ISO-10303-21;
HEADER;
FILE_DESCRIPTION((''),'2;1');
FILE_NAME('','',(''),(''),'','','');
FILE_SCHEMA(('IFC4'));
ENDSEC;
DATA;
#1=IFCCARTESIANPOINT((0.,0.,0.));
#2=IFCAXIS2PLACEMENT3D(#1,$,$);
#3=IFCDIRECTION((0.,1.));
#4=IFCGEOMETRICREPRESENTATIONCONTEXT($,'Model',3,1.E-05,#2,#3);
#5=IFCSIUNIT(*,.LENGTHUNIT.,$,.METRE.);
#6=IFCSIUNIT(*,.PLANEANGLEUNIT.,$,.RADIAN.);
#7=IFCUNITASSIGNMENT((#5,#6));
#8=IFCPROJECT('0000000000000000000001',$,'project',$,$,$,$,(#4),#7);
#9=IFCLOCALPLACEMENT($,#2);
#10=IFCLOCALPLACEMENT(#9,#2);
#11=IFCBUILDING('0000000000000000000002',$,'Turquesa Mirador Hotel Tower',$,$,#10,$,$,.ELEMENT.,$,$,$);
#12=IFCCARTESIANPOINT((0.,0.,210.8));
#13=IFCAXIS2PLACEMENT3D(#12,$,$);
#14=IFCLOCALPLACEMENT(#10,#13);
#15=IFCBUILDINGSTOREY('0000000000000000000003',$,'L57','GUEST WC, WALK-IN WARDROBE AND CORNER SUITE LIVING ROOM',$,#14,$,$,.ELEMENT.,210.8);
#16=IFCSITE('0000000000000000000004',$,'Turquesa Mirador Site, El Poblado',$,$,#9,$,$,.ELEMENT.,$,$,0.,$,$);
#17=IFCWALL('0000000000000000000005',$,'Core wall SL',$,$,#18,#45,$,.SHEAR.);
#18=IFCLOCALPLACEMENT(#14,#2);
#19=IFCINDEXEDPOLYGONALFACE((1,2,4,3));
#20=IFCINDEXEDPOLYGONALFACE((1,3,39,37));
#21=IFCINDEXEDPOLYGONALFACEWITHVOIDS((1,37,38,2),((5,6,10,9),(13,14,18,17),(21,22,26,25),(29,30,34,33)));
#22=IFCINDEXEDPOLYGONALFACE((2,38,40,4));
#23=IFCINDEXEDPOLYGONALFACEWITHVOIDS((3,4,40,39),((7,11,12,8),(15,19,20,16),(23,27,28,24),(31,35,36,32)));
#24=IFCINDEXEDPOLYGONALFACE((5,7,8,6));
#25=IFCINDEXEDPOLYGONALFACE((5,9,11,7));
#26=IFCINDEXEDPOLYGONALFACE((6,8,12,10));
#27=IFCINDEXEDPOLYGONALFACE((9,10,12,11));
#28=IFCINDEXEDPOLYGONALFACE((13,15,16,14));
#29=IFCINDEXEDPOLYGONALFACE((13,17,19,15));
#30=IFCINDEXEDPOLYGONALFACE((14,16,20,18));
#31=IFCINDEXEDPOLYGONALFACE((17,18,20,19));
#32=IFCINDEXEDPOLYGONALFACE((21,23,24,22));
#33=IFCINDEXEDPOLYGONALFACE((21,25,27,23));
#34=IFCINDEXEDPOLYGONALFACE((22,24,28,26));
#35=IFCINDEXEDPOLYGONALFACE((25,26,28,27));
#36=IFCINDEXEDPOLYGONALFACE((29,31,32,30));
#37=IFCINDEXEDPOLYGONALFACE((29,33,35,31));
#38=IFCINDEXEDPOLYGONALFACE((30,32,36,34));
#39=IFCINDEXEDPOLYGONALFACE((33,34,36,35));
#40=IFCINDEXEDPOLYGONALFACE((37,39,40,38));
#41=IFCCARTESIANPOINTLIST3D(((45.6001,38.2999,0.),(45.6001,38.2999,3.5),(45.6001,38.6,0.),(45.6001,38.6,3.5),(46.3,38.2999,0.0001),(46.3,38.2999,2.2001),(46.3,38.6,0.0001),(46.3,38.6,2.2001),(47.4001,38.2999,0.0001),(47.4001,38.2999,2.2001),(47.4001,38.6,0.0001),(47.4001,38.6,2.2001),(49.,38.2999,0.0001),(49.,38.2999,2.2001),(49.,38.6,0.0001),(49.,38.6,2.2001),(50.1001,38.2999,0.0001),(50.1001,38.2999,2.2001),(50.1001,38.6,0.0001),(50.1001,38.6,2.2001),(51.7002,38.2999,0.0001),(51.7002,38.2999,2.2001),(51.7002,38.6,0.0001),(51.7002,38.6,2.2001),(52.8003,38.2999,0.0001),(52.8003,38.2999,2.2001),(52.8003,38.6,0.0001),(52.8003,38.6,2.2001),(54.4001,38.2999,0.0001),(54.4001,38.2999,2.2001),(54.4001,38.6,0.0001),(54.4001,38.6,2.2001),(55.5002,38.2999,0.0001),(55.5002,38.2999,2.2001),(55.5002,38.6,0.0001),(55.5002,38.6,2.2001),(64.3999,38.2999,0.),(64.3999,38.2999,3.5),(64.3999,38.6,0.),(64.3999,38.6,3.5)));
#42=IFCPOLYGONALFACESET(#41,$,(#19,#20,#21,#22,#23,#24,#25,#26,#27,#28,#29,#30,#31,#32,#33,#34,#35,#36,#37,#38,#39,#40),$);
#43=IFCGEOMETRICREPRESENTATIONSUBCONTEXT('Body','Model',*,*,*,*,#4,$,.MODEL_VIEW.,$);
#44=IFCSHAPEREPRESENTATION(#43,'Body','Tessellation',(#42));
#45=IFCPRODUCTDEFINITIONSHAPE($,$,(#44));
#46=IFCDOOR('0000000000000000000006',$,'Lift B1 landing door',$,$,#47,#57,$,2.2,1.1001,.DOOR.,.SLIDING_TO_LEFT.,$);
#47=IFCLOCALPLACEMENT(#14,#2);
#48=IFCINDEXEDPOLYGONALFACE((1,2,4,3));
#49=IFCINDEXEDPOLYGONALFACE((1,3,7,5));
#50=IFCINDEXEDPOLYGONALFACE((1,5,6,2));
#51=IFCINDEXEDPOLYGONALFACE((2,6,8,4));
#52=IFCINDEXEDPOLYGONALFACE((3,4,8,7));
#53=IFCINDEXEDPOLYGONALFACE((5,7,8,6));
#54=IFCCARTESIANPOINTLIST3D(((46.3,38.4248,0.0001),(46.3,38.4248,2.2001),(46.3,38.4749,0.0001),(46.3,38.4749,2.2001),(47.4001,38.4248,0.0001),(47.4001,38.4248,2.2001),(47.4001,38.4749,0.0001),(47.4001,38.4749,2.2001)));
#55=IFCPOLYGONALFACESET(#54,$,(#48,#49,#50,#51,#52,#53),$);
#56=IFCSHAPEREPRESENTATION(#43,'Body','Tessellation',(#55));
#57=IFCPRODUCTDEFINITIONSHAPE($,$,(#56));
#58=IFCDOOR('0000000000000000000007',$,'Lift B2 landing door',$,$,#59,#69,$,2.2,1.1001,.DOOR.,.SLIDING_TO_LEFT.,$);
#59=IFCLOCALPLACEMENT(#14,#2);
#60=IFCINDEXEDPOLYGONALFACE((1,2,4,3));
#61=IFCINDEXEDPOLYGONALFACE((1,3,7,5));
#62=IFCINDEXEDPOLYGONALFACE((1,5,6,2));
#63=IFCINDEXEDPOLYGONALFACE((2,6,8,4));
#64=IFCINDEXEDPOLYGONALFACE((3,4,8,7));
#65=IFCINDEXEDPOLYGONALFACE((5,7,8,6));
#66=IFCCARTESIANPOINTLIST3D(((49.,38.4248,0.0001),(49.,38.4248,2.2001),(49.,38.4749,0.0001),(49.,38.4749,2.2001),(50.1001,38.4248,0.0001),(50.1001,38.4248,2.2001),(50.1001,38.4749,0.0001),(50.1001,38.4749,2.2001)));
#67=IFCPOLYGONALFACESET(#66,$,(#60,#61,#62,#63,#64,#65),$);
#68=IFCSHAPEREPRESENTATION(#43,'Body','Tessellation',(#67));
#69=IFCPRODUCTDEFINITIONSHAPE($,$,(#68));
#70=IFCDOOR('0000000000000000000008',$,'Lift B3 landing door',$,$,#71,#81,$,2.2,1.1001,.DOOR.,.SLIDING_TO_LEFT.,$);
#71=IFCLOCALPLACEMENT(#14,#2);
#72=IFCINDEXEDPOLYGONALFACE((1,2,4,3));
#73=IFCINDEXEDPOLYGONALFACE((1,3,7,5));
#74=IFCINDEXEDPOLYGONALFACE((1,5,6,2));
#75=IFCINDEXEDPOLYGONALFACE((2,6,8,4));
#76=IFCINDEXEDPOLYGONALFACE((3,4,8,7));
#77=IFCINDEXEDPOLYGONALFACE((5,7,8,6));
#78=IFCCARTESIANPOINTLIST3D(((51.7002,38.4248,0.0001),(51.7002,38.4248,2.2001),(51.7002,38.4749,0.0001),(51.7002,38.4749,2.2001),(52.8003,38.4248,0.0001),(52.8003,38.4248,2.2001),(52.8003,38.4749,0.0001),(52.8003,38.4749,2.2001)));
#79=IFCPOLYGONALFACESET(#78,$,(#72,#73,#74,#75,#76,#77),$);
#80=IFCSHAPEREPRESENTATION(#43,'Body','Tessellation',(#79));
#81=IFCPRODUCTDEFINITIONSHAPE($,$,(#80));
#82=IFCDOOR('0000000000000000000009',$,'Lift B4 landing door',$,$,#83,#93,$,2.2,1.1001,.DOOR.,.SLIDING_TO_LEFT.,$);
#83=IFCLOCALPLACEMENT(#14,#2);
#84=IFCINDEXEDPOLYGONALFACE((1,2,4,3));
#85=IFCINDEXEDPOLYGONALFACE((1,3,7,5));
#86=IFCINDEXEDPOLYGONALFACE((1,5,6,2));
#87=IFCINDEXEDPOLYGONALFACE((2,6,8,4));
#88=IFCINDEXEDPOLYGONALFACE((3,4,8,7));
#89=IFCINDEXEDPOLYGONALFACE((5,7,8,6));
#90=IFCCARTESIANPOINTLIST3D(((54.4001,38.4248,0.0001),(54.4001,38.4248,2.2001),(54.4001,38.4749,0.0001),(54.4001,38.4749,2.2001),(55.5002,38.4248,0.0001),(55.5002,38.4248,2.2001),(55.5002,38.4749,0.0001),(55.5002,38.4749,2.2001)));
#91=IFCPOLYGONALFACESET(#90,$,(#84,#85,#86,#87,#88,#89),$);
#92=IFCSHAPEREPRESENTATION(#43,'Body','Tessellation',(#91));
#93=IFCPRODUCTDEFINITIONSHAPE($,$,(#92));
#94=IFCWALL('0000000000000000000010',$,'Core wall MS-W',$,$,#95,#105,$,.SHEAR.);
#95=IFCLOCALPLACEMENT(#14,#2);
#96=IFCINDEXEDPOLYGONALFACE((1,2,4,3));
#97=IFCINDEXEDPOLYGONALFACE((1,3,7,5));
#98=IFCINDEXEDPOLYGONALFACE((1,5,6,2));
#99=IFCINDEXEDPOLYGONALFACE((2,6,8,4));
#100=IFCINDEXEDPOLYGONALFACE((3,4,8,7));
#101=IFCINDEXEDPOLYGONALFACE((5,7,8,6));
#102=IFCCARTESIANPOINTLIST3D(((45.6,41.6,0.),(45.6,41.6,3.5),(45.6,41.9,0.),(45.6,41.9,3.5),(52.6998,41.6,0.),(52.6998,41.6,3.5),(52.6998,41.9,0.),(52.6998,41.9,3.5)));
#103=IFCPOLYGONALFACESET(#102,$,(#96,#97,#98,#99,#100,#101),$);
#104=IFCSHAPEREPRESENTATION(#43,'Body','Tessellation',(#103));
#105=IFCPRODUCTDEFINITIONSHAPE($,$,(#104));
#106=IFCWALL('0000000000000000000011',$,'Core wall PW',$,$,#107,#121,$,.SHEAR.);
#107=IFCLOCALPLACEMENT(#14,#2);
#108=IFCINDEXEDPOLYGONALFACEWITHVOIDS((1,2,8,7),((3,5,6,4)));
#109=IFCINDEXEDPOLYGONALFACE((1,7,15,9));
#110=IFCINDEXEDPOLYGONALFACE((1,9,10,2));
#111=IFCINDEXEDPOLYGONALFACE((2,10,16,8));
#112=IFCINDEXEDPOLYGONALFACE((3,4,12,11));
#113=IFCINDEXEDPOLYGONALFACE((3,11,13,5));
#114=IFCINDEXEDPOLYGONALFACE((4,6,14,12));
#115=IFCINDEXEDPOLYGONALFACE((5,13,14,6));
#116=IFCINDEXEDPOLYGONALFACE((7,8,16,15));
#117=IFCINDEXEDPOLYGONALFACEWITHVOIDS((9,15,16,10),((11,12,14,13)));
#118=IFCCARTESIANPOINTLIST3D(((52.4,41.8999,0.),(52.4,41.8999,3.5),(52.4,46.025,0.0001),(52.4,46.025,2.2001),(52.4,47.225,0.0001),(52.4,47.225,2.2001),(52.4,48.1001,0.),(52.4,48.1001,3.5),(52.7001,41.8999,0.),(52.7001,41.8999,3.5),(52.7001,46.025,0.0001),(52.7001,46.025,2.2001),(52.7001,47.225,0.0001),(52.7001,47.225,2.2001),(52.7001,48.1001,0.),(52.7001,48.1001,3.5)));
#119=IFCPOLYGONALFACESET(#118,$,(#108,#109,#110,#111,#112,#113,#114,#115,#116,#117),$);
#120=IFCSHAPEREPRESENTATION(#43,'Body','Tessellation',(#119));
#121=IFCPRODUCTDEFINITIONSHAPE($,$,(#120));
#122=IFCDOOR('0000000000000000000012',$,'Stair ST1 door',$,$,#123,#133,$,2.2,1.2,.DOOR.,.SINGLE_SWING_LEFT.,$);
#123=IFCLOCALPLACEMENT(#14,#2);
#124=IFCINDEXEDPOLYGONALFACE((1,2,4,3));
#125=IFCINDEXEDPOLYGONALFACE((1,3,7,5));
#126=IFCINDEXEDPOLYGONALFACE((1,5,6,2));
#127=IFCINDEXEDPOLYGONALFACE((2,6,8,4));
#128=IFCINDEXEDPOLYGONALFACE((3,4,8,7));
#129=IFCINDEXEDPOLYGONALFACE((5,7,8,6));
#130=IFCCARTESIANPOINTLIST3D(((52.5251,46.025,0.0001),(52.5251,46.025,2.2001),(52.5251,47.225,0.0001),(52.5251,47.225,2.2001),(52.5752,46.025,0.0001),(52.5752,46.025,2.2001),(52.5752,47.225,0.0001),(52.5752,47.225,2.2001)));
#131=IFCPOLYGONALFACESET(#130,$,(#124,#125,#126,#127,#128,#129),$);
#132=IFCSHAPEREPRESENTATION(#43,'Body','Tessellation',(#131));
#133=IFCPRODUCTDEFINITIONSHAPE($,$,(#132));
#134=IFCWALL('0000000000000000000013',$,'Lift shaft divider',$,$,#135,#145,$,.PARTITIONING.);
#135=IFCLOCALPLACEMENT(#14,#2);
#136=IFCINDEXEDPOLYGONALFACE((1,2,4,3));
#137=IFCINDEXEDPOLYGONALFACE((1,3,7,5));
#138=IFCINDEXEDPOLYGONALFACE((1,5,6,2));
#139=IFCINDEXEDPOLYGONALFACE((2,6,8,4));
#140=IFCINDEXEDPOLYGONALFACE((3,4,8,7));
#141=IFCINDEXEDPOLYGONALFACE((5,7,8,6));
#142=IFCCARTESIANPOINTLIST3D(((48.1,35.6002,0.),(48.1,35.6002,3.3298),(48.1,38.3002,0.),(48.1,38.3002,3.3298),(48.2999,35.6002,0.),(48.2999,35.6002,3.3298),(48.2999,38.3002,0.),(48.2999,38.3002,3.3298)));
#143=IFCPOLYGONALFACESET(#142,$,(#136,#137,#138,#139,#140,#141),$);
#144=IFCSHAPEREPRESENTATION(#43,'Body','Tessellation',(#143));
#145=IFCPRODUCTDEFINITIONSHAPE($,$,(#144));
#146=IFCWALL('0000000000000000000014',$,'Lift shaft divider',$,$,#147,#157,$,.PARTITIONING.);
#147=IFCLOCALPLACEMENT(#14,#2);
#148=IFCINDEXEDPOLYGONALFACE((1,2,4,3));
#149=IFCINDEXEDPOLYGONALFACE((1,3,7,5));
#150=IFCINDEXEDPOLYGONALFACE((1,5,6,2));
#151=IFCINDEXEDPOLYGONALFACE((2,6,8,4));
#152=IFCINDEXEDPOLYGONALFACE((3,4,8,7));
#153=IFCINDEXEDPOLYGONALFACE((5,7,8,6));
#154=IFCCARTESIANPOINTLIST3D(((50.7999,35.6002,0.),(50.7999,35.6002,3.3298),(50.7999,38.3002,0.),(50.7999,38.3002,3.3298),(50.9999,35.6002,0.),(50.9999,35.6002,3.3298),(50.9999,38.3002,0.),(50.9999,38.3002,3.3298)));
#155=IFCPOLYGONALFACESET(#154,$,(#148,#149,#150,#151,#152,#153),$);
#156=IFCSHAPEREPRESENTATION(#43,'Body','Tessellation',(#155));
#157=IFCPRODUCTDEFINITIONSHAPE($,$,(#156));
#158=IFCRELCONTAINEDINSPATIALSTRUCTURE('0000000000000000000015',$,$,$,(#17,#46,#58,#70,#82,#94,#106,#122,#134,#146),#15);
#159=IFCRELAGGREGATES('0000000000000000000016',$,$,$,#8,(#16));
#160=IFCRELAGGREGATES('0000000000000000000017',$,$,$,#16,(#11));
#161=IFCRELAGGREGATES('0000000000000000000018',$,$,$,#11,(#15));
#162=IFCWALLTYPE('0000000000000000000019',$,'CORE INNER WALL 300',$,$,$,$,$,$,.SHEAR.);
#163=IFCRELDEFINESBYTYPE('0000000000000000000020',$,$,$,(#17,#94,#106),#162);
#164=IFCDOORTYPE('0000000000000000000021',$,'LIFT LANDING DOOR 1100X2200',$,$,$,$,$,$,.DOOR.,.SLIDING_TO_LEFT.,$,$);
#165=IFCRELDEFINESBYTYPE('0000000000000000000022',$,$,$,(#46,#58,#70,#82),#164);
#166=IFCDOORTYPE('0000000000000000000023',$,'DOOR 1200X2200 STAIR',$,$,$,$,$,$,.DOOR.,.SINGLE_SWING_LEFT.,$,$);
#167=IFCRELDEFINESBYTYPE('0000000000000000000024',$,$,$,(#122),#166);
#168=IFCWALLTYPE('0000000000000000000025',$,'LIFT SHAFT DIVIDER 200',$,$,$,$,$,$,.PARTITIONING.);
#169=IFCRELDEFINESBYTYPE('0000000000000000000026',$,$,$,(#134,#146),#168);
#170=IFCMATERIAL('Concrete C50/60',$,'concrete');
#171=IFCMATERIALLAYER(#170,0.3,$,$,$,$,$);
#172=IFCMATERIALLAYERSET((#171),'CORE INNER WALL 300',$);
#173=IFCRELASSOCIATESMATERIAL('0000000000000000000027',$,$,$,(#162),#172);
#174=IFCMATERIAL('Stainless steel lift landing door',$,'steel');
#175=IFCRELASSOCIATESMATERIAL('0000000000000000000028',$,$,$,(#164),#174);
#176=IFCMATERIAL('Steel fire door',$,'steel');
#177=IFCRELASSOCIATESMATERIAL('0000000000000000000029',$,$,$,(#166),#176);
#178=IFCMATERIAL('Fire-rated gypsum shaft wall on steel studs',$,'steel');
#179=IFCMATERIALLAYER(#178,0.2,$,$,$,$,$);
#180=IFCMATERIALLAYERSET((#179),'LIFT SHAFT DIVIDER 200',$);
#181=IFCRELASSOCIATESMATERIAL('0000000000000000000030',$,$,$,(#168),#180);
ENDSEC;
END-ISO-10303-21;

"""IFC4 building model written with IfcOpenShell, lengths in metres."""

from ifc_helpers import new_model, si_unit, direction, frame, frame_2d, origin, place, context, subcontext, project, spatial, rectangle, extrude, material, layer, layer_set, type_object, element, fill, save


model = new_model("IFC4")

# Units and contexts
model_context = context("Model", 3, precision=1e-05, world=origin(), true_north=direction((0.0, 1.0)))
body_context = subcontext(model_context, "Body", "Model", "MODEL_VIEW")
ifc_project = project(units=[si_unit("LENGTHUNIT", "METRE"), si_unit("PLANEANGLEUNIT", "RADIAN")], contexts=[model_context])

# Site, building, storey
site_placement = place(None, origin())
site = spatial("IfcSite", under=ifc_project, at=site_placement, Name="Turquesa Mirador Site, El Poblado", CompositionType="ELEMENT", RefElevation=0.0)
building_placement = place(site_placement, origin())
building = spatial("IfcBuilding", under=site, at=building_placement, Name="Turquesa Mirador Hotel Tower", CompositionType="ELEMENT")
storey_placement = place(building_placement, frame((0.0, 0.0, 210.8)))
storey = spatial("IfcBuildingStorey", under=building, at=storey_placement, Name="L57", Description="GUEST WC, WALK-IN WARDROBE AND CORNER SUITE LIVING ROOM", CompositionType="ELEMENT", Elevation=210.8)

# Wall, openings, doors
ifc_material_1 = material(Name="Concrete C50/60", Category="concrete")
ifc_layer_1 = layer(ifc_material_1, 0.3)
ifc_layer_set_1 = layer_set([ifc_layer_1], Name="CORE INNER WALL 300")
wall_type_1 = type_object("IfcWallType", Name="CORE INNER WALL 300", PredefinedType="SHEAR", material=ifc_layer_set_1)
wall_1_placement = place(storey_placement, frame((45.6001, 38.45, 0.0), z_axis=(0.0, 0.0, 1.0), x_axis=(1.0, 0.0, 0.0)))
wall_1 = element("IfcWall", 1, at=wall_1_placement, inside=storey, type_object=wall_type_1, Name="Core wall SL", PredefinedType="SHEAR", context=body_context, shape_type="SweptSolid", body=[
    extrude(rectangle(XDim=18.7998, YDim=0.3, at=frame_2d((9.3999, 0.0))), origin(), (0.0, 0.0, 1.0), 3.5),
])
opening_1_placement = place(wall_1_placement, frame((0.7, 0.0, 0.0)))
opening_1 = element("IfcOpeningElement", 2, at=opening_1_placement, cuts=wall_1, PredefinedType="OPENING", context=body_context, shape_type="SweptSolid", body=[
    extrude(rectangle(XDim=1.1001, YDim=2.2, at=frame_2d((0.55, 1.1001))), frame((0.0, 0.1599, 0.0), z_axis=(0.0, -1.0, 0.0), x_axis=(1.0, 0.0, 0.0)), (0.0, 0.0, 1.0), 0.3201),
])
opening_2_placement = place(wall_1_placement, frame((3.3999, 0.0, 0.0)))
opening_2 = element("IfcOpeningElement", 3, at=opening_2_placement, cuts=wall_1, PredefinedType="OPENING", context=body_context, shape_type="SweptSolid", body=[
    extrude(rectangle(XDim=1.1001, YDim=2.2, at=frame_2d((0.55, 1.1001))), frame((0.0, 0.1599, 0.0), z_axis=(0.0, -1.0, 0.0), x_axis=(1.0, 0.0, 0.0)), (0.0, 0.0, 1.0), 0.3201),
])
opening_3_placement = place(wall_1_placement, frame((6.1001, 0.0, 0.0)))
opening_3 = element("IfcOpeningElement", 4, at=opening_3_placement, cuts=wall_1, PredefinedType="OPENING", context=body_context, shape_type="SweptSolid", body=[
    extrude(rectangle(XDim=1.1001, YDim=2.2, at=frame_2d((0.55, 1.1001))), frame((0.0, 0.1599, 0.0), z_axis=(0.0, -1.0, 0.0), x_axis=(1.0, 0.0, 0.0)), (0.0, 0.0, 1.0), 0.3201),
])
opening_4_placement = place(wall_1_placement, frame((8.8, 0.0, 0.0)))
opening_4 = element("IfcOpeningElement", 5, at=opening_4_placement, cuts=wall_1, PredefinedType="OPENING", context=body_context, shape_type="SweptSolid", body=[
    extrude(rectangle(XDim=1.1001, YDim=2.2, at=frame_2d((0.55, 1.1001))), frame((0.0, 0.1599, 0.0), z_axis=(0.0, -1.0, 0.0), x_axis=(1.0, 0.0, 0.0)), (0.0, 0.0, 1.0), 0.3201),
])
ifc_material_2 = material(Name="Stainless steel lift landing door", Category="steel")
door_type_1 = type_object("IfcDoorType", Name="LIFT LANDING DOOR 1100X2200", OperationType="SLIDING_TO_LEFT", PredefinedType="DOOR", material=ifc_material_2)
door_1_placement = place(opening_1_placement, origin())
door_1 = element("IfcDoor", 6, at=door_1_placement, inside=storey, type_object=door_type_1, Name="Lift B1 landing door", OperationType="SLIDING_TO_LEFT", OverallHeight=2.2, OverallWidth=1.1001, PredefinedType="DOOR", context=body_context, shape_type="SweptSolid", body=[
    extrude(rectangle(XDim=1.1001, YDim=2.2, at=frame_2d((0.55, 1.1001))), frame((0.0, 0.0249, 0.0), z_axis=(0.0, -1.0, 0.0), x_axis=(1.0, 0.0, 0.0)), (0.0, 0.0, 1.0), 0.05),
])
fill(opening_1, door_1)
door_2_placement = place(opening_2_placement, origin())
door_2 = element("IfcDoor", 7, at=door_2_placement, inside=storey, type_object=door_type_1, Name="Lift B2 landing door", OperationType="SLIDING_TO_LEFT", OverallHeight=2.2, OverallWidth=1.1001, PredefinedType="DOOR", context=body_context, shape_type="SweptSolid", body=[
    extrude(rectangle(XDim=1.1001, YDim=2.2, at=frame_2d((0.55, 1.1001))), frame((0.0, 0.0249, 0.0), z_axis=(0.0, -1.0, 0.0), x_axis=(1.0, 0.0, 0.0)), (0.0, 0.0, 1.0), 0.05),
])
fill(opening_2, door_2)
door_3_placement = place(opening_3_placement, origin())
door_3 = element("IfcDoor", 8, at=door_3_placement, inside=storey, type_object=door_type_1, Name="Lift B3 landing door", OperationType="SLIDING_TO_LEFT", OverallHeight=2.2, OverallWidth=1.1001, PredefinedType="DOOR", context=body_context, shape_type="SweptSolid", body=[
    extrude(rectangle(XDim=1.1001, YDim=2.2, at=frame_2d((0.55, 1.1001))), frame((0.0, 0.0249, 0.0), z_axis=(0.0, -1.0, 0.0), x_axis=(1.0, 0.0, 0.0)), (0.0, 0.0, 1.0), 0.05),
])
fill(opening_3, door_3)
door_4_placement = place(opening_4_placement, origin())
door_4 = element("IfcDoor", 9, at=door_4_placement, inside=storey, type_object=door_type_1, Name="Lift B4 landing door", OperationType="SLIDING_TO_LEFT", OverallHeight=2.2, OverallWidth=1.1001, PredefinedType="DOOR", context=body_context, shape_type="SweptSolid", body=[
    extrude(rectangle(XDim=1.1001, YDim=2.2, at=frame_2d((0.55, 1.1001))), frame((0.0, 0.0249, 0.0), z_axis=(0.0, -1.0, 0.0), x_axis=(1.0, 0.0, 0.0)), (0.0, 0.0, 1.0), 0.05),
])
fill(opening_4, door_4)

# Wall
wall_2_placement = place(storey_placement, frame((45.6001, 41.75, 0.0), z_axis=(0.0, 0.0, 1.0), x_axis=(1.0, 0.0, 0.0)))
element("IfcWall", 10, at=wall_2_placement, inside=storey, type_object=wall_type_1, Name="Core wall MS-W", PredefinedType="SHEAR", context=body_context, shape_type="SweptSolid", body=[
    extrude(rectangle(XDim=7.0999, YDim=0.3, at=frame_2d((3.5498, 0.0))), origin(), (0.0, 0.0, 1.0), 3.5),
])

# Wall, opening, door
wall_3_placement = place(storey_placement, frame((52.55, 41.8999, 0.0), z_axis=(0.0, 0.0, 1.0), x_axis=(0.0, 1.0, 0.0)))
wall_3 = element("IfcWall", 11, at=wall_3_placement, inside=storey, type_object=wall_type_1, Name="Core wall PW", PredefinedType="SHEAR", context=body_context, shape_type="SweptSolid", body=[
    extrude(rectangle(XDim=6.2002, YDim=0.3, at=frame_2d((3.1001, 0.0))), origin(), (0.0, 0.0, 1.0), 3.5),
])
opening_5_placement = place(wall_3_placement, frame((4.125, 0.0, 0.0)))
opening_5 = element("IfcOpeningElement", 12, at=opening_5_placement, cuts=wall_3, PredefinedType="OPENING", context=body_context, shape_type="SweptSolid", body=[
    extrude(rectangle(XDim=1.2, YDim=2.2, at=frame_2d((0.6001, 1.1001))), frame((0.0, 0.1599, 0.0), z_axis=(0.0, -1.0, 0.0), x_axis=(1.0, 0.0, 0.0)), (0.0, 0.0, 1.0), 0.3201),
])
ifc_material_3 = material(Name="Steel fire door", Category="steel")
door_type_2 = type_object("IfcDoorType", Name="DOOR 1200X2200 STAIR", OperationType="SINGLE_SWING_LEFT", PredefinedType="DOOR", material=ifc_material_3)
door_5_placement = place(opening_5_placement, origin())
door_5 = element("IfcDoor", 13, at=door_5_placement, inside=storey, type_object=door_type_2, Name="Stair ST1 door", OperationType="SINGLE_SWING_LEFT", OverallHeight=2.2, OverallWidth=1.2, PredefinedType="DOOR", context=body_context, shape_type="SweptSolid", body=[
    extrude(rectangle(XDim=1.2, YDim=2.2, at=frame_2d((0.6001, 1.1001))), frame((0.0, 0.0249, 0.0), z_axis=(0.0, -1.0, 0.0), x_axis=(1.0, 0.0, 0.0)), (0.0, 0.0, 1.0), 0.05),
])
fill(opening_5, door_5)

# Walls
ifc_material_4 = material(Name="Fire-rated gypsum shaft wall on steel studs", Category="steel")
ifc_layer_2 = layer(ifc_material_4, 0.2)
ifc_layer_set_2 = layer_set([ifc_layer_2], Name="LIFT SHAFT DIVIDER 200")
wall_type_2 = type_object("IfcWallType", Name="LIFT SHAFT DIVIDER 200", PredefinedType="PARTITIONING", material=ifc_layer_set_2)
for number, where, z_axis, x_axis, name in (
    (14, (48.2, 35.6001, 0.0), (0.0, 0.0, 1.0), (0.0, 1.0, 0.0), "Lift shaft divider"),
    (15, (50.8999, 35.6001, 0.0), (0.0, 0.0, 1.0), (0.0, 1.0, 0.0), "Lift shaft divider"),
):
    element("IfcWall", number, at=place(storey_placement, frame(where, z_axis=z_axis, x_axis=x_axis)), inside=storey, type_object=wall_type_2, Name=name, PredefinedType="PARTITIONING", context=body_context, shape_type="SweptSolid", body=[
        extrude(rectangle(XDim=2.7, YDim=0.2, at=frame_2d((1.3501, 0.0))), origin(), (0.0, 0.0, 1.0), 3.3298),
    ])

save(model, "model.ifc")
